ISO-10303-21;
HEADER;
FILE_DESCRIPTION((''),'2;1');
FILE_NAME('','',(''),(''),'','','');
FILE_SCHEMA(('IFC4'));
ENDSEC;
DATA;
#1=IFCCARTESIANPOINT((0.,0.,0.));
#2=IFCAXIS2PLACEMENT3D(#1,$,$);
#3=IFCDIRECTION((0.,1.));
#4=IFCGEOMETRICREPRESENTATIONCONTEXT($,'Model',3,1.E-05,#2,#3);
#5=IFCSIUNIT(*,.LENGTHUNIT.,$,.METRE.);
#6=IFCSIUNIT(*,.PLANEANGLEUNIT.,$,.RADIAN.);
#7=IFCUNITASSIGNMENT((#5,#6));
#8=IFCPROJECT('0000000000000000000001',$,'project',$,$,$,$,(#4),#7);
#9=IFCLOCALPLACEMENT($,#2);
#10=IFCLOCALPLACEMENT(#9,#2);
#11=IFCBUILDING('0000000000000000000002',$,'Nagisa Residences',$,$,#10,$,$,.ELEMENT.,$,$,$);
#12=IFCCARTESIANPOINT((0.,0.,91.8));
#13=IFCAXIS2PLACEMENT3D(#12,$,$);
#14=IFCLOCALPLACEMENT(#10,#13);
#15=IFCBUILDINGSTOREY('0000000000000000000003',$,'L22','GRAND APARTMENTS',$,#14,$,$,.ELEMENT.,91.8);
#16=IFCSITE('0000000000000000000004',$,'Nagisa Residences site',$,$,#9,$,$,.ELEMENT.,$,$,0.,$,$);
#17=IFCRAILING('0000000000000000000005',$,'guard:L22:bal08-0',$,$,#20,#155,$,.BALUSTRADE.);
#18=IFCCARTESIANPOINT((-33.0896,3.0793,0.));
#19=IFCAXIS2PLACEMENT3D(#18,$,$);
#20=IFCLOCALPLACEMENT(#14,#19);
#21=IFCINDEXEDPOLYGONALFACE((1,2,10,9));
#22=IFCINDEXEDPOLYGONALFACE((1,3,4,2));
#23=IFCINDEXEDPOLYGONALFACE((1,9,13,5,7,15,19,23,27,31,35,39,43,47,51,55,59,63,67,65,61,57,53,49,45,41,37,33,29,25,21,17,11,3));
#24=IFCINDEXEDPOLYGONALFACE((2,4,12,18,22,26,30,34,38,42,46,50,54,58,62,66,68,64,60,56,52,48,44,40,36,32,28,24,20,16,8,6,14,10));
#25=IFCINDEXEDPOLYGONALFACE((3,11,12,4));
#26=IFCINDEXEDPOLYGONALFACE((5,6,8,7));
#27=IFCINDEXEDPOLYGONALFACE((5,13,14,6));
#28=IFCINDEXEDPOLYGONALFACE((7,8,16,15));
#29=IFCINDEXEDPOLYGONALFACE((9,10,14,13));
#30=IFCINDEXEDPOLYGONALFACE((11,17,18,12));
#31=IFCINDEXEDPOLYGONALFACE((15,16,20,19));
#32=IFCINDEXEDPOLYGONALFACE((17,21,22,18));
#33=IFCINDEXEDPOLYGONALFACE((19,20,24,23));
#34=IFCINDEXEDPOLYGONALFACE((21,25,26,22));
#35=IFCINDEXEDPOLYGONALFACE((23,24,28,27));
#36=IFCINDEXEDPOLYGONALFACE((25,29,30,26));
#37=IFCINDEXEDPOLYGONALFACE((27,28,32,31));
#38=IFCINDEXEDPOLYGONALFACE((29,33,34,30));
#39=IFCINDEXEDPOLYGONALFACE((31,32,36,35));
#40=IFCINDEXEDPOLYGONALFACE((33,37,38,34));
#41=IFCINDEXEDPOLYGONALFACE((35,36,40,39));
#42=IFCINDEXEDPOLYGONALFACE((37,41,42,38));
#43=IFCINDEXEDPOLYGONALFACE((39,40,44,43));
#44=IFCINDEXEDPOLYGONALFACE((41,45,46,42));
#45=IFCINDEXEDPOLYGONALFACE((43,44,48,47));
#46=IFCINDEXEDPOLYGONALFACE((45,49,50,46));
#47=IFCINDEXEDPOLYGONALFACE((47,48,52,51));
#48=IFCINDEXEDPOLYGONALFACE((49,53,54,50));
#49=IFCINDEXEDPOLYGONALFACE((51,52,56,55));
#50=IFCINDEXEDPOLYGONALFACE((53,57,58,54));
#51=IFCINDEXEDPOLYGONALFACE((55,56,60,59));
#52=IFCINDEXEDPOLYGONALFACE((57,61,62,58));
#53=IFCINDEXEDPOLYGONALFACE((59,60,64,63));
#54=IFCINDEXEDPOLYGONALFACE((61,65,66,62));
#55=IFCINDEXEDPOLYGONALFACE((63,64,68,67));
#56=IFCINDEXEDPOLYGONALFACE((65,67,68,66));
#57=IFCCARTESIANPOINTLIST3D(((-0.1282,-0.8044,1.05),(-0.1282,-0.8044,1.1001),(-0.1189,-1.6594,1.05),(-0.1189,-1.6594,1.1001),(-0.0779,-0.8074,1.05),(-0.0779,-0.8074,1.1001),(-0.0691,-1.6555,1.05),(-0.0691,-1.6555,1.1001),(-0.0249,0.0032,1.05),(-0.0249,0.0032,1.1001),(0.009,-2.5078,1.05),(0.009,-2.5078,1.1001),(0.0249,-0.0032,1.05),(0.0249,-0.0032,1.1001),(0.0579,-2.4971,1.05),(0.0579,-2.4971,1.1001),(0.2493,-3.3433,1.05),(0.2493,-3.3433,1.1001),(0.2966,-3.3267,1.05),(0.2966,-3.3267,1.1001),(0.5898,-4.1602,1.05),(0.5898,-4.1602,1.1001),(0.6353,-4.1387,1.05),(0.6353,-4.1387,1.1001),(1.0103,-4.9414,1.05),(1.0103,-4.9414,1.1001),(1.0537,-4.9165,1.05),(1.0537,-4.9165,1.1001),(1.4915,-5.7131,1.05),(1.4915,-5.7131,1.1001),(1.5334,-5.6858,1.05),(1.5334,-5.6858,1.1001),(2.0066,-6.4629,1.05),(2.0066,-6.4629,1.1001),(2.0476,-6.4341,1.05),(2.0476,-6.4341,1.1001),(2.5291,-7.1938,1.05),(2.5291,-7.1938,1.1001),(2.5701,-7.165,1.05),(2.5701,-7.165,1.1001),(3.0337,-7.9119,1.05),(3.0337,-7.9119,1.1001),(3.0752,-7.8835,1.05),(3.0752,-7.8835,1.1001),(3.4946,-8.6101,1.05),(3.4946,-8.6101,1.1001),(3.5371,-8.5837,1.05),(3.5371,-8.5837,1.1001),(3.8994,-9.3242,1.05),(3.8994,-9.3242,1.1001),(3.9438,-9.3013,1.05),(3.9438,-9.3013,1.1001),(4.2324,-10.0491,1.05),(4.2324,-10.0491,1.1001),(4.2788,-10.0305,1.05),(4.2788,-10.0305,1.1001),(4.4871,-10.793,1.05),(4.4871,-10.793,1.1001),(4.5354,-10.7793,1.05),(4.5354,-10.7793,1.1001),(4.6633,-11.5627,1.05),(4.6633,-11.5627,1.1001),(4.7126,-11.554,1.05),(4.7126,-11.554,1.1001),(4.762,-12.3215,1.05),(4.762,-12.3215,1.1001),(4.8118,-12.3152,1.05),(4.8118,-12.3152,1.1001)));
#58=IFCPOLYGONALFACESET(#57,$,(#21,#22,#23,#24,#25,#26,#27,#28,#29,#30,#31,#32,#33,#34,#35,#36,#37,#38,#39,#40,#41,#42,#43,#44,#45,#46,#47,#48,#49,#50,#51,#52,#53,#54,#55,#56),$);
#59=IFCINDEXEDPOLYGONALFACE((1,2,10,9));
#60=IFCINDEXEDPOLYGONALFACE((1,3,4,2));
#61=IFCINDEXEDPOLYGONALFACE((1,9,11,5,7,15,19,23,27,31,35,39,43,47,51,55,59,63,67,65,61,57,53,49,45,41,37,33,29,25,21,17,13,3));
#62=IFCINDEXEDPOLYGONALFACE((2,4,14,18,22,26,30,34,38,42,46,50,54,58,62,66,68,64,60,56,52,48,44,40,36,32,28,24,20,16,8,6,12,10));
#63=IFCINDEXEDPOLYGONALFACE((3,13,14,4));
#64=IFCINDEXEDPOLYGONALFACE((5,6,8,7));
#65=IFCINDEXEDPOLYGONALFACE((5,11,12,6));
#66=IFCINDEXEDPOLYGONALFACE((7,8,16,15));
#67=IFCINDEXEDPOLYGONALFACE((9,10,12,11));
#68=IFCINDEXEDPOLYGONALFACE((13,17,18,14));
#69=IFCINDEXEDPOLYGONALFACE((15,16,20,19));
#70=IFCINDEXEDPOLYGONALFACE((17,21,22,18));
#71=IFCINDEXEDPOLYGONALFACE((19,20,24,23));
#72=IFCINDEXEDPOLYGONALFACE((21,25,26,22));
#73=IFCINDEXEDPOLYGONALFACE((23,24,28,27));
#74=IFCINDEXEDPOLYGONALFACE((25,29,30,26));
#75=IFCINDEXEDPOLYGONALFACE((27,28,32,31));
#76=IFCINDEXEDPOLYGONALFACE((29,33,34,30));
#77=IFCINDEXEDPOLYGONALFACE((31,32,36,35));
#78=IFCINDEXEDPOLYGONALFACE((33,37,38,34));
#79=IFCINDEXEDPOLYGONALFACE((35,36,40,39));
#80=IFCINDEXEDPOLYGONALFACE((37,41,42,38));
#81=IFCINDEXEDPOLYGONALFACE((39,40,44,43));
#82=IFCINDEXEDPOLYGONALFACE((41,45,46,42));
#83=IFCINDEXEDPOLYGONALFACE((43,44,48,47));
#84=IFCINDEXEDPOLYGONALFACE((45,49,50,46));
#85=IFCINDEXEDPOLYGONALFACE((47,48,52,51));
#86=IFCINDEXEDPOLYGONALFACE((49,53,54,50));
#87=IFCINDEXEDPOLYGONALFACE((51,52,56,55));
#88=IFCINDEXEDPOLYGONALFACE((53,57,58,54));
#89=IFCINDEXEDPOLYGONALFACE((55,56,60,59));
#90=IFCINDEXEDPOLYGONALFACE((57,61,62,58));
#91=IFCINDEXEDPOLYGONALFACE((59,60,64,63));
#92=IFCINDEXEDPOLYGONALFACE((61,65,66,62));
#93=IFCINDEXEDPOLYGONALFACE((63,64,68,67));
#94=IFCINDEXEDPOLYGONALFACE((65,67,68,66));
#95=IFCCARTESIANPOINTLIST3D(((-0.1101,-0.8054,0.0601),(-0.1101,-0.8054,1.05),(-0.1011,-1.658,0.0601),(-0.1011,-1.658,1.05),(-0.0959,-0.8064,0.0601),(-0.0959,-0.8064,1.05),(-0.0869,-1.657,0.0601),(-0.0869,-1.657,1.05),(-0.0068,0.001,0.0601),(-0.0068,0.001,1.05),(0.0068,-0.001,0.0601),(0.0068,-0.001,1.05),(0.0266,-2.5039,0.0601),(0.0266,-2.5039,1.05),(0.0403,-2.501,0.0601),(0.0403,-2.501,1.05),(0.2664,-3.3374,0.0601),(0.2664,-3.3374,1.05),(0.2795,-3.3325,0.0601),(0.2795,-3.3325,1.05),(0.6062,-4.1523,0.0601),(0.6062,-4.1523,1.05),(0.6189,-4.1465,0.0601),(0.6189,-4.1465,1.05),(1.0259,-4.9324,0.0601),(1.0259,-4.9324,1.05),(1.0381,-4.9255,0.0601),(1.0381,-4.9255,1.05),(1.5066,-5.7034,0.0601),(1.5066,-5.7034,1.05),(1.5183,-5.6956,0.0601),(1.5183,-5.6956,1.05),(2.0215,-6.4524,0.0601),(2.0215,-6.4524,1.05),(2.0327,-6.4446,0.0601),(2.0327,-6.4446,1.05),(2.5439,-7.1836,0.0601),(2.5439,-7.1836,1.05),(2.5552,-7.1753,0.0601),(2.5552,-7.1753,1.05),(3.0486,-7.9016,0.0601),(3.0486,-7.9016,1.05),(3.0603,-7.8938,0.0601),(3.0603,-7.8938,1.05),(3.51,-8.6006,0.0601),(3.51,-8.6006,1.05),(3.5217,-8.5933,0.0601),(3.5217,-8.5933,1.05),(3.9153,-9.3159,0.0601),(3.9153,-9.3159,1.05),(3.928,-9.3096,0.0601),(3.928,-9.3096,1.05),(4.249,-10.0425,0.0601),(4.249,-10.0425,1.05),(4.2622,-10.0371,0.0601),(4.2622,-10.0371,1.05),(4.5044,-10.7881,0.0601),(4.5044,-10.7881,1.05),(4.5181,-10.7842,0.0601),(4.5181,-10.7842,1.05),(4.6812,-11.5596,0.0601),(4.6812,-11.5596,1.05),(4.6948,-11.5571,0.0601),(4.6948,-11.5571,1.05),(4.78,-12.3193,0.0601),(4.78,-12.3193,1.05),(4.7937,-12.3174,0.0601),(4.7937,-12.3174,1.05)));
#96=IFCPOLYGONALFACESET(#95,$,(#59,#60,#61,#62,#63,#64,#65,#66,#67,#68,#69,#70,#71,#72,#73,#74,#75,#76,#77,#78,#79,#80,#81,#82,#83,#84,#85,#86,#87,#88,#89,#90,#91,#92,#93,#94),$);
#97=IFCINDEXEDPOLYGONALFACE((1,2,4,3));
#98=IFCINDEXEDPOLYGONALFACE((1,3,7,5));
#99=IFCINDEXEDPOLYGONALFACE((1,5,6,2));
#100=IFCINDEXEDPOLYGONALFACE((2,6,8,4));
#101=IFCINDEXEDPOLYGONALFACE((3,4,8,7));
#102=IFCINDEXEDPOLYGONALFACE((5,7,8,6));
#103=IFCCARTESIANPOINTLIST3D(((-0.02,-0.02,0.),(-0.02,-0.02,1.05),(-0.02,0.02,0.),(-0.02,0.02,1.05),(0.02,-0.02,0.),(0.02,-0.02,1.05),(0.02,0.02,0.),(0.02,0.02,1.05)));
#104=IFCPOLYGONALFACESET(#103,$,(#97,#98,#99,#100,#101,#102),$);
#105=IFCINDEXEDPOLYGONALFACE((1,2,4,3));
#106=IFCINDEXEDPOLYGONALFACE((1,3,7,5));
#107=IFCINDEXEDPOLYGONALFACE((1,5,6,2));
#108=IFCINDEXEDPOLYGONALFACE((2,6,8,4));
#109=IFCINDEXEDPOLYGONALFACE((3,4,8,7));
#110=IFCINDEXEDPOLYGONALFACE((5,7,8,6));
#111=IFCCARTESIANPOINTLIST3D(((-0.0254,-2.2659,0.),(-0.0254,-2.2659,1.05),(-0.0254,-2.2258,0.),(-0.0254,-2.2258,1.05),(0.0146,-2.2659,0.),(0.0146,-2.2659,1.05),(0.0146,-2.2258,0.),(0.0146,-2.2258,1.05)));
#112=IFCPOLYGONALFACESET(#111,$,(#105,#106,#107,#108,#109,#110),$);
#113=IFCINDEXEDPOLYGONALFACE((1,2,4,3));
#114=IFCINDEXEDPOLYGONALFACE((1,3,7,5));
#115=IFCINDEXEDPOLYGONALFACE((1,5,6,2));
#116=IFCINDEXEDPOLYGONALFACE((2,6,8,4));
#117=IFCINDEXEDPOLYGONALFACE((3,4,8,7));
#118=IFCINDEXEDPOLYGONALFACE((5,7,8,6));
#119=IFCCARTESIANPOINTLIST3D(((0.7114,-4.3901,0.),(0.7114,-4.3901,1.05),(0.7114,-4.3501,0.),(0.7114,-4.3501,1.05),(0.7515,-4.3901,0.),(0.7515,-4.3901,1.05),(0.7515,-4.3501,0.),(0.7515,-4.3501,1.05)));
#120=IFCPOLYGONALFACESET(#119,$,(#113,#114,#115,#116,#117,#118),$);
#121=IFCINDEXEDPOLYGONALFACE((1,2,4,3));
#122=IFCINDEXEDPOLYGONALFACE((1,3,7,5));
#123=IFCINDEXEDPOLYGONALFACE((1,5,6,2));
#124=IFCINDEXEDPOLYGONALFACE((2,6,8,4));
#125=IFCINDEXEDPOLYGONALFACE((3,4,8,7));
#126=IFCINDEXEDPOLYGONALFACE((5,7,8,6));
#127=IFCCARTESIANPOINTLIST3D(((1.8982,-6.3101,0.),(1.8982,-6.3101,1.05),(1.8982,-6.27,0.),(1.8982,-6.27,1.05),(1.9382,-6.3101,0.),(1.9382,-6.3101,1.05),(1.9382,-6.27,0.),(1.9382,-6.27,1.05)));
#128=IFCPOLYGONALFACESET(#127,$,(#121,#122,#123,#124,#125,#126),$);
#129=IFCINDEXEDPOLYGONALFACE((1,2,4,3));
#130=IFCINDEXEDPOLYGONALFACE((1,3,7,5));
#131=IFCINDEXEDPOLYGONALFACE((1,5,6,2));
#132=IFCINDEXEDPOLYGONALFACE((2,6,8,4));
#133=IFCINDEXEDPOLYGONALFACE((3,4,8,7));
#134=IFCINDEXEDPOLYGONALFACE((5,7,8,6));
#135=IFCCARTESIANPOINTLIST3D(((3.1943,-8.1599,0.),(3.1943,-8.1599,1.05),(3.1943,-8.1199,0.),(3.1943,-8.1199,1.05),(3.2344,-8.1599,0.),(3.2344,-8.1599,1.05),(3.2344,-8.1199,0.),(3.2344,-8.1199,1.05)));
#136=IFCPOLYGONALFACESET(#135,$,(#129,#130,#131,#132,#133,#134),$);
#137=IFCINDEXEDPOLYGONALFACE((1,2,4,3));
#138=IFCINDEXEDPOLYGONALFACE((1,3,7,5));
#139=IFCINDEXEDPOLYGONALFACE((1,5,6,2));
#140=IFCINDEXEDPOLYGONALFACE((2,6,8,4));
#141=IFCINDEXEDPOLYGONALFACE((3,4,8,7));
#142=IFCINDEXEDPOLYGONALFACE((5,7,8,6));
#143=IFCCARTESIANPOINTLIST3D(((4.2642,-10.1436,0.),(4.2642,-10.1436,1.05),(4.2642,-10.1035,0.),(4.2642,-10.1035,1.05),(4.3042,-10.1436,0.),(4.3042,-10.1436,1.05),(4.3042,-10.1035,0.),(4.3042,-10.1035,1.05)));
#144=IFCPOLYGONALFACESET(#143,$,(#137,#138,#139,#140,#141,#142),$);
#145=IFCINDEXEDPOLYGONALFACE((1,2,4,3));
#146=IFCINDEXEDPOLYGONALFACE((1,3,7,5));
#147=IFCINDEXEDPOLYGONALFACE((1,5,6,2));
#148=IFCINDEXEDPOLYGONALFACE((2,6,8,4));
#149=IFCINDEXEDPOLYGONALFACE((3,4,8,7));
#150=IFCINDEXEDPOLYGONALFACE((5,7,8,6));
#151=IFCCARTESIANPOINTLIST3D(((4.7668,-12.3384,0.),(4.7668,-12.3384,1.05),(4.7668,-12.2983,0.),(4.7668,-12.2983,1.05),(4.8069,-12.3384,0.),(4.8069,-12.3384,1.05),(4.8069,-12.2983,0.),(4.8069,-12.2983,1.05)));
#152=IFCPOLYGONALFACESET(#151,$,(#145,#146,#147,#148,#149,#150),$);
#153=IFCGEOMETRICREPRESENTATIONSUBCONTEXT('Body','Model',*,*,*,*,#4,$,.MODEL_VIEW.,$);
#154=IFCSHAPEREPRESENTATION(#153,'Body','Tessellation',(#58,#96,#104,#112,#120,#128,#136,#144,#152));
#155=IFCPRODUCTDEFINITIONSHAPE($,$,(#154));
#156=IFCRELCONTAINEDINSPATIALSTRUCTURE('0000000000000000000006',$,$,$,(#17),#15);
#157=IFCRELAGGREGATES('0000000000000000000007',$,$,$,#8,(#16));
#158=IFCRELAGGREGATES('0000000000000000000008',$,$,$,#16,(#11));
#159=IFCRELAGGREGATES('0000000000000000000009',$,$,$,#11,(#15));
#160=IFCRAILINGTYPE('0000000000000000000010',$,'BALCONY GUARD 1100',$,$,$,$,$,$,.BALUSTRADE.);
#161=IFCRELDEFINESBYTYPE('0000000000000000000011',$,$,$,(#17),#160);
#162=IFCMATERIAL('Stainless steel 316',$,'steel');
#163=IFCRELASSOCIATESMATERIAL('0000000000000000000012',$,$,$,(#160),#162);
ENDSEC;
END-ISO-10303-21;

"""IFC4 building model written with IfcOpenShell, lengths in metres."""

from ifc_helpers import new_model, si_unit, direction, frame, origin, origin_2d, place, context, subcontext, project, spatial, polyline, rectangle, outline, extrude, material, type_object, element, save


model = new_model("IFC4")

# Units and contexts
model_context = context("Model", 3, precision=1e-05, world=origin(), true_north=direction((0.0, 1.0)))
body_context = subcontext(model_context, "Body", "Model", "MODEL_VIEW")
ifc_project = project(units=[si_unit("LENGTHUNIT", "METRE"), si_unit("PLANEANGLEUNIT", "RADIAN")], contexts=[model_context])

# Site, building, storey
site_placement = place(None, origin())
site = spatial("IfcSite", under=ifc_project, at=site_placement, Name="Nagisa Residences site", CompositionType="ELEMENT", RefElevation=0.0)
building_placement = place(site_placement, origin())
building = spatial("IfcBuilding", under=site, at=building_placement, Name="Nagisa Residences", CompositionType="ELEMENT")
storey_placement = place(building_placement, frame((0.0, 0.0, 91.8)))
storey = spatial("IfcBuildingStorey", under=building, at=storey_placement, Name="L22", Description="GRAND APARTMENTS", CompositionType="ELEMENT", Elevation=91.8)

# Railing
ifc_material_1 = material(Name="Stainless steel 316", Category="steel")
railing_type = type_object("IfcRailingType", Name="BALCONY GUARD 1100", PredefinedType="BALUSTRADE", material=ifc_material_1)
railing_1_placement = place(storey_placement, frame((-33.0896, 3.0793, 0.0)))
element("IfcRailing", 1, at=railing_1_placement, inside=storey, type_object=railing_type, Name="guard:L22:bal08-0", PredefinedType="BALUSTRADE", context=body_context, shape_type="SweptSolid", body=[
    extrude(outline(polyline([(-0.0779, -0.8074), (0.0249, -0.0032), (-0.0249, 0.0032), (-0.1282, -0.8044), (-0.1189, -1.6594), (0.009, -2.5078), (0.2493, -3.3433), (0.5898, -4.1602), (1.0103, -4.9414), (1.4915, -5.7131), (2.0066, -6.4629), (2.5291, -7.1938), (3.0337, -7.9119), (3.4946, -8.6101), (3.8994, -9.3242), (4.2324, -10.0491), (4.4871, -10.793), (4.6633, -11.5627), (4.762, -12.3215), (4.8118, -12.3152), (4.7126, -11.554), (4.5354, -10.7793), (4.2788, -10.0305), (3.9438, -9.3013), (3.5371, -8.5837), (3.0752, -7.8835), (2.5701, -7.165), (2.0476, -6.4341), (1.5334, -5.6858), (1.0537, -4.9165), (0.6353, -4.1387), (0.2966, -3.3267), (0.0579, -2.4971), (-0.0691, -1.6555), (-0.0779, -0.8074)])), frame((0.0, 0.0, 1.05)), (0.0, 0.0, 1.0), 0.05),
    extrude(outline(polyline([(-0.0959, -0.8064), (0.0068, -0.001), (-0.0068, 0.001), (-0.1101, -0.8054), (-0.1011, -1.658), (0.0266, -2.5039), (0.2664, -3.3374), (0.6062, -4.1523), (1.0259, -4.9324), (1.5066, -5.7034), (2.0215, -6.4524), (2.5439, -7.1836), (3.0486, -7.9016), (3.51, -8.6006), (3.9153, -9.3159), (4.249, -10.0425), (4.5044, -10.7881), (4.6812, -11.5596), (4.78, -12.3193), (4.7937, -12.3174), (4.6948, -11.5571), (4.5181, -10.7842), (4.2622, -10.0371), (3.928, -9.3096), (3.5217, -8.5933), (3.0603, -7.8938), (2.5552, -7.1753), (2.0327, -6.4446), (1.5183, -5.6956), (1.0381, -4.9255), (0.6189, -4.1465), (0.2795, -3.3325), (0.0403, -2.501), (-0.0869, -1.657), (-0.0959, -0.8064)])), frame((0.0, 0.0, 0.0601)), (0.0, 0.0, 1.0), 0.99),
    extrude(rectangle(XDim=0.04, YDim=0.04, at=origin_2d()), origin(), (0.0, 0.0, 1.0), 1.05),
    extrude(rectangle(XDim=0.04, YDim=0.04, at=origin_2d()), frame((-0.0054, -2.2458, 0.0)), (0.0, 0.0, 1.0), 1.05),
    extrude(rectangle(XDim=0.04, YDim=0.04, at=origin_2d()), frame((0.7314, -4.3701, 0.0)), (0.0, 0.0, 1.0), 1.05),
    extrude(rectangle(XDim=0.04, YDim=0.04, at=origin_2d()), frame((1.9182, -6.29, 0.0)), (0.0, 0.0, 1.0), 1.05),
    extrude(rectangle(XDim=0.04, YDim=0.04, at=origin_2d()), frame((3.2144, -8.1399, 0.0)), (0.0, 0.0, 1.0), 1.05),
    extrude(rectangle(XDim=0.04, YDim=0.04, at=origin_2d()), frame((4.2842, -10.1235, 0.0)), (0.0, 0.0, 1.0), 1.05),
    extrude(rectangle(XDim=0.04, YDim=0.04, at=origin_2d()), frame((4.7869, -12.3184, 0.0)), (0.0, 0.0, 1.0), 1.05),
])

save(model, "model.ifc")
